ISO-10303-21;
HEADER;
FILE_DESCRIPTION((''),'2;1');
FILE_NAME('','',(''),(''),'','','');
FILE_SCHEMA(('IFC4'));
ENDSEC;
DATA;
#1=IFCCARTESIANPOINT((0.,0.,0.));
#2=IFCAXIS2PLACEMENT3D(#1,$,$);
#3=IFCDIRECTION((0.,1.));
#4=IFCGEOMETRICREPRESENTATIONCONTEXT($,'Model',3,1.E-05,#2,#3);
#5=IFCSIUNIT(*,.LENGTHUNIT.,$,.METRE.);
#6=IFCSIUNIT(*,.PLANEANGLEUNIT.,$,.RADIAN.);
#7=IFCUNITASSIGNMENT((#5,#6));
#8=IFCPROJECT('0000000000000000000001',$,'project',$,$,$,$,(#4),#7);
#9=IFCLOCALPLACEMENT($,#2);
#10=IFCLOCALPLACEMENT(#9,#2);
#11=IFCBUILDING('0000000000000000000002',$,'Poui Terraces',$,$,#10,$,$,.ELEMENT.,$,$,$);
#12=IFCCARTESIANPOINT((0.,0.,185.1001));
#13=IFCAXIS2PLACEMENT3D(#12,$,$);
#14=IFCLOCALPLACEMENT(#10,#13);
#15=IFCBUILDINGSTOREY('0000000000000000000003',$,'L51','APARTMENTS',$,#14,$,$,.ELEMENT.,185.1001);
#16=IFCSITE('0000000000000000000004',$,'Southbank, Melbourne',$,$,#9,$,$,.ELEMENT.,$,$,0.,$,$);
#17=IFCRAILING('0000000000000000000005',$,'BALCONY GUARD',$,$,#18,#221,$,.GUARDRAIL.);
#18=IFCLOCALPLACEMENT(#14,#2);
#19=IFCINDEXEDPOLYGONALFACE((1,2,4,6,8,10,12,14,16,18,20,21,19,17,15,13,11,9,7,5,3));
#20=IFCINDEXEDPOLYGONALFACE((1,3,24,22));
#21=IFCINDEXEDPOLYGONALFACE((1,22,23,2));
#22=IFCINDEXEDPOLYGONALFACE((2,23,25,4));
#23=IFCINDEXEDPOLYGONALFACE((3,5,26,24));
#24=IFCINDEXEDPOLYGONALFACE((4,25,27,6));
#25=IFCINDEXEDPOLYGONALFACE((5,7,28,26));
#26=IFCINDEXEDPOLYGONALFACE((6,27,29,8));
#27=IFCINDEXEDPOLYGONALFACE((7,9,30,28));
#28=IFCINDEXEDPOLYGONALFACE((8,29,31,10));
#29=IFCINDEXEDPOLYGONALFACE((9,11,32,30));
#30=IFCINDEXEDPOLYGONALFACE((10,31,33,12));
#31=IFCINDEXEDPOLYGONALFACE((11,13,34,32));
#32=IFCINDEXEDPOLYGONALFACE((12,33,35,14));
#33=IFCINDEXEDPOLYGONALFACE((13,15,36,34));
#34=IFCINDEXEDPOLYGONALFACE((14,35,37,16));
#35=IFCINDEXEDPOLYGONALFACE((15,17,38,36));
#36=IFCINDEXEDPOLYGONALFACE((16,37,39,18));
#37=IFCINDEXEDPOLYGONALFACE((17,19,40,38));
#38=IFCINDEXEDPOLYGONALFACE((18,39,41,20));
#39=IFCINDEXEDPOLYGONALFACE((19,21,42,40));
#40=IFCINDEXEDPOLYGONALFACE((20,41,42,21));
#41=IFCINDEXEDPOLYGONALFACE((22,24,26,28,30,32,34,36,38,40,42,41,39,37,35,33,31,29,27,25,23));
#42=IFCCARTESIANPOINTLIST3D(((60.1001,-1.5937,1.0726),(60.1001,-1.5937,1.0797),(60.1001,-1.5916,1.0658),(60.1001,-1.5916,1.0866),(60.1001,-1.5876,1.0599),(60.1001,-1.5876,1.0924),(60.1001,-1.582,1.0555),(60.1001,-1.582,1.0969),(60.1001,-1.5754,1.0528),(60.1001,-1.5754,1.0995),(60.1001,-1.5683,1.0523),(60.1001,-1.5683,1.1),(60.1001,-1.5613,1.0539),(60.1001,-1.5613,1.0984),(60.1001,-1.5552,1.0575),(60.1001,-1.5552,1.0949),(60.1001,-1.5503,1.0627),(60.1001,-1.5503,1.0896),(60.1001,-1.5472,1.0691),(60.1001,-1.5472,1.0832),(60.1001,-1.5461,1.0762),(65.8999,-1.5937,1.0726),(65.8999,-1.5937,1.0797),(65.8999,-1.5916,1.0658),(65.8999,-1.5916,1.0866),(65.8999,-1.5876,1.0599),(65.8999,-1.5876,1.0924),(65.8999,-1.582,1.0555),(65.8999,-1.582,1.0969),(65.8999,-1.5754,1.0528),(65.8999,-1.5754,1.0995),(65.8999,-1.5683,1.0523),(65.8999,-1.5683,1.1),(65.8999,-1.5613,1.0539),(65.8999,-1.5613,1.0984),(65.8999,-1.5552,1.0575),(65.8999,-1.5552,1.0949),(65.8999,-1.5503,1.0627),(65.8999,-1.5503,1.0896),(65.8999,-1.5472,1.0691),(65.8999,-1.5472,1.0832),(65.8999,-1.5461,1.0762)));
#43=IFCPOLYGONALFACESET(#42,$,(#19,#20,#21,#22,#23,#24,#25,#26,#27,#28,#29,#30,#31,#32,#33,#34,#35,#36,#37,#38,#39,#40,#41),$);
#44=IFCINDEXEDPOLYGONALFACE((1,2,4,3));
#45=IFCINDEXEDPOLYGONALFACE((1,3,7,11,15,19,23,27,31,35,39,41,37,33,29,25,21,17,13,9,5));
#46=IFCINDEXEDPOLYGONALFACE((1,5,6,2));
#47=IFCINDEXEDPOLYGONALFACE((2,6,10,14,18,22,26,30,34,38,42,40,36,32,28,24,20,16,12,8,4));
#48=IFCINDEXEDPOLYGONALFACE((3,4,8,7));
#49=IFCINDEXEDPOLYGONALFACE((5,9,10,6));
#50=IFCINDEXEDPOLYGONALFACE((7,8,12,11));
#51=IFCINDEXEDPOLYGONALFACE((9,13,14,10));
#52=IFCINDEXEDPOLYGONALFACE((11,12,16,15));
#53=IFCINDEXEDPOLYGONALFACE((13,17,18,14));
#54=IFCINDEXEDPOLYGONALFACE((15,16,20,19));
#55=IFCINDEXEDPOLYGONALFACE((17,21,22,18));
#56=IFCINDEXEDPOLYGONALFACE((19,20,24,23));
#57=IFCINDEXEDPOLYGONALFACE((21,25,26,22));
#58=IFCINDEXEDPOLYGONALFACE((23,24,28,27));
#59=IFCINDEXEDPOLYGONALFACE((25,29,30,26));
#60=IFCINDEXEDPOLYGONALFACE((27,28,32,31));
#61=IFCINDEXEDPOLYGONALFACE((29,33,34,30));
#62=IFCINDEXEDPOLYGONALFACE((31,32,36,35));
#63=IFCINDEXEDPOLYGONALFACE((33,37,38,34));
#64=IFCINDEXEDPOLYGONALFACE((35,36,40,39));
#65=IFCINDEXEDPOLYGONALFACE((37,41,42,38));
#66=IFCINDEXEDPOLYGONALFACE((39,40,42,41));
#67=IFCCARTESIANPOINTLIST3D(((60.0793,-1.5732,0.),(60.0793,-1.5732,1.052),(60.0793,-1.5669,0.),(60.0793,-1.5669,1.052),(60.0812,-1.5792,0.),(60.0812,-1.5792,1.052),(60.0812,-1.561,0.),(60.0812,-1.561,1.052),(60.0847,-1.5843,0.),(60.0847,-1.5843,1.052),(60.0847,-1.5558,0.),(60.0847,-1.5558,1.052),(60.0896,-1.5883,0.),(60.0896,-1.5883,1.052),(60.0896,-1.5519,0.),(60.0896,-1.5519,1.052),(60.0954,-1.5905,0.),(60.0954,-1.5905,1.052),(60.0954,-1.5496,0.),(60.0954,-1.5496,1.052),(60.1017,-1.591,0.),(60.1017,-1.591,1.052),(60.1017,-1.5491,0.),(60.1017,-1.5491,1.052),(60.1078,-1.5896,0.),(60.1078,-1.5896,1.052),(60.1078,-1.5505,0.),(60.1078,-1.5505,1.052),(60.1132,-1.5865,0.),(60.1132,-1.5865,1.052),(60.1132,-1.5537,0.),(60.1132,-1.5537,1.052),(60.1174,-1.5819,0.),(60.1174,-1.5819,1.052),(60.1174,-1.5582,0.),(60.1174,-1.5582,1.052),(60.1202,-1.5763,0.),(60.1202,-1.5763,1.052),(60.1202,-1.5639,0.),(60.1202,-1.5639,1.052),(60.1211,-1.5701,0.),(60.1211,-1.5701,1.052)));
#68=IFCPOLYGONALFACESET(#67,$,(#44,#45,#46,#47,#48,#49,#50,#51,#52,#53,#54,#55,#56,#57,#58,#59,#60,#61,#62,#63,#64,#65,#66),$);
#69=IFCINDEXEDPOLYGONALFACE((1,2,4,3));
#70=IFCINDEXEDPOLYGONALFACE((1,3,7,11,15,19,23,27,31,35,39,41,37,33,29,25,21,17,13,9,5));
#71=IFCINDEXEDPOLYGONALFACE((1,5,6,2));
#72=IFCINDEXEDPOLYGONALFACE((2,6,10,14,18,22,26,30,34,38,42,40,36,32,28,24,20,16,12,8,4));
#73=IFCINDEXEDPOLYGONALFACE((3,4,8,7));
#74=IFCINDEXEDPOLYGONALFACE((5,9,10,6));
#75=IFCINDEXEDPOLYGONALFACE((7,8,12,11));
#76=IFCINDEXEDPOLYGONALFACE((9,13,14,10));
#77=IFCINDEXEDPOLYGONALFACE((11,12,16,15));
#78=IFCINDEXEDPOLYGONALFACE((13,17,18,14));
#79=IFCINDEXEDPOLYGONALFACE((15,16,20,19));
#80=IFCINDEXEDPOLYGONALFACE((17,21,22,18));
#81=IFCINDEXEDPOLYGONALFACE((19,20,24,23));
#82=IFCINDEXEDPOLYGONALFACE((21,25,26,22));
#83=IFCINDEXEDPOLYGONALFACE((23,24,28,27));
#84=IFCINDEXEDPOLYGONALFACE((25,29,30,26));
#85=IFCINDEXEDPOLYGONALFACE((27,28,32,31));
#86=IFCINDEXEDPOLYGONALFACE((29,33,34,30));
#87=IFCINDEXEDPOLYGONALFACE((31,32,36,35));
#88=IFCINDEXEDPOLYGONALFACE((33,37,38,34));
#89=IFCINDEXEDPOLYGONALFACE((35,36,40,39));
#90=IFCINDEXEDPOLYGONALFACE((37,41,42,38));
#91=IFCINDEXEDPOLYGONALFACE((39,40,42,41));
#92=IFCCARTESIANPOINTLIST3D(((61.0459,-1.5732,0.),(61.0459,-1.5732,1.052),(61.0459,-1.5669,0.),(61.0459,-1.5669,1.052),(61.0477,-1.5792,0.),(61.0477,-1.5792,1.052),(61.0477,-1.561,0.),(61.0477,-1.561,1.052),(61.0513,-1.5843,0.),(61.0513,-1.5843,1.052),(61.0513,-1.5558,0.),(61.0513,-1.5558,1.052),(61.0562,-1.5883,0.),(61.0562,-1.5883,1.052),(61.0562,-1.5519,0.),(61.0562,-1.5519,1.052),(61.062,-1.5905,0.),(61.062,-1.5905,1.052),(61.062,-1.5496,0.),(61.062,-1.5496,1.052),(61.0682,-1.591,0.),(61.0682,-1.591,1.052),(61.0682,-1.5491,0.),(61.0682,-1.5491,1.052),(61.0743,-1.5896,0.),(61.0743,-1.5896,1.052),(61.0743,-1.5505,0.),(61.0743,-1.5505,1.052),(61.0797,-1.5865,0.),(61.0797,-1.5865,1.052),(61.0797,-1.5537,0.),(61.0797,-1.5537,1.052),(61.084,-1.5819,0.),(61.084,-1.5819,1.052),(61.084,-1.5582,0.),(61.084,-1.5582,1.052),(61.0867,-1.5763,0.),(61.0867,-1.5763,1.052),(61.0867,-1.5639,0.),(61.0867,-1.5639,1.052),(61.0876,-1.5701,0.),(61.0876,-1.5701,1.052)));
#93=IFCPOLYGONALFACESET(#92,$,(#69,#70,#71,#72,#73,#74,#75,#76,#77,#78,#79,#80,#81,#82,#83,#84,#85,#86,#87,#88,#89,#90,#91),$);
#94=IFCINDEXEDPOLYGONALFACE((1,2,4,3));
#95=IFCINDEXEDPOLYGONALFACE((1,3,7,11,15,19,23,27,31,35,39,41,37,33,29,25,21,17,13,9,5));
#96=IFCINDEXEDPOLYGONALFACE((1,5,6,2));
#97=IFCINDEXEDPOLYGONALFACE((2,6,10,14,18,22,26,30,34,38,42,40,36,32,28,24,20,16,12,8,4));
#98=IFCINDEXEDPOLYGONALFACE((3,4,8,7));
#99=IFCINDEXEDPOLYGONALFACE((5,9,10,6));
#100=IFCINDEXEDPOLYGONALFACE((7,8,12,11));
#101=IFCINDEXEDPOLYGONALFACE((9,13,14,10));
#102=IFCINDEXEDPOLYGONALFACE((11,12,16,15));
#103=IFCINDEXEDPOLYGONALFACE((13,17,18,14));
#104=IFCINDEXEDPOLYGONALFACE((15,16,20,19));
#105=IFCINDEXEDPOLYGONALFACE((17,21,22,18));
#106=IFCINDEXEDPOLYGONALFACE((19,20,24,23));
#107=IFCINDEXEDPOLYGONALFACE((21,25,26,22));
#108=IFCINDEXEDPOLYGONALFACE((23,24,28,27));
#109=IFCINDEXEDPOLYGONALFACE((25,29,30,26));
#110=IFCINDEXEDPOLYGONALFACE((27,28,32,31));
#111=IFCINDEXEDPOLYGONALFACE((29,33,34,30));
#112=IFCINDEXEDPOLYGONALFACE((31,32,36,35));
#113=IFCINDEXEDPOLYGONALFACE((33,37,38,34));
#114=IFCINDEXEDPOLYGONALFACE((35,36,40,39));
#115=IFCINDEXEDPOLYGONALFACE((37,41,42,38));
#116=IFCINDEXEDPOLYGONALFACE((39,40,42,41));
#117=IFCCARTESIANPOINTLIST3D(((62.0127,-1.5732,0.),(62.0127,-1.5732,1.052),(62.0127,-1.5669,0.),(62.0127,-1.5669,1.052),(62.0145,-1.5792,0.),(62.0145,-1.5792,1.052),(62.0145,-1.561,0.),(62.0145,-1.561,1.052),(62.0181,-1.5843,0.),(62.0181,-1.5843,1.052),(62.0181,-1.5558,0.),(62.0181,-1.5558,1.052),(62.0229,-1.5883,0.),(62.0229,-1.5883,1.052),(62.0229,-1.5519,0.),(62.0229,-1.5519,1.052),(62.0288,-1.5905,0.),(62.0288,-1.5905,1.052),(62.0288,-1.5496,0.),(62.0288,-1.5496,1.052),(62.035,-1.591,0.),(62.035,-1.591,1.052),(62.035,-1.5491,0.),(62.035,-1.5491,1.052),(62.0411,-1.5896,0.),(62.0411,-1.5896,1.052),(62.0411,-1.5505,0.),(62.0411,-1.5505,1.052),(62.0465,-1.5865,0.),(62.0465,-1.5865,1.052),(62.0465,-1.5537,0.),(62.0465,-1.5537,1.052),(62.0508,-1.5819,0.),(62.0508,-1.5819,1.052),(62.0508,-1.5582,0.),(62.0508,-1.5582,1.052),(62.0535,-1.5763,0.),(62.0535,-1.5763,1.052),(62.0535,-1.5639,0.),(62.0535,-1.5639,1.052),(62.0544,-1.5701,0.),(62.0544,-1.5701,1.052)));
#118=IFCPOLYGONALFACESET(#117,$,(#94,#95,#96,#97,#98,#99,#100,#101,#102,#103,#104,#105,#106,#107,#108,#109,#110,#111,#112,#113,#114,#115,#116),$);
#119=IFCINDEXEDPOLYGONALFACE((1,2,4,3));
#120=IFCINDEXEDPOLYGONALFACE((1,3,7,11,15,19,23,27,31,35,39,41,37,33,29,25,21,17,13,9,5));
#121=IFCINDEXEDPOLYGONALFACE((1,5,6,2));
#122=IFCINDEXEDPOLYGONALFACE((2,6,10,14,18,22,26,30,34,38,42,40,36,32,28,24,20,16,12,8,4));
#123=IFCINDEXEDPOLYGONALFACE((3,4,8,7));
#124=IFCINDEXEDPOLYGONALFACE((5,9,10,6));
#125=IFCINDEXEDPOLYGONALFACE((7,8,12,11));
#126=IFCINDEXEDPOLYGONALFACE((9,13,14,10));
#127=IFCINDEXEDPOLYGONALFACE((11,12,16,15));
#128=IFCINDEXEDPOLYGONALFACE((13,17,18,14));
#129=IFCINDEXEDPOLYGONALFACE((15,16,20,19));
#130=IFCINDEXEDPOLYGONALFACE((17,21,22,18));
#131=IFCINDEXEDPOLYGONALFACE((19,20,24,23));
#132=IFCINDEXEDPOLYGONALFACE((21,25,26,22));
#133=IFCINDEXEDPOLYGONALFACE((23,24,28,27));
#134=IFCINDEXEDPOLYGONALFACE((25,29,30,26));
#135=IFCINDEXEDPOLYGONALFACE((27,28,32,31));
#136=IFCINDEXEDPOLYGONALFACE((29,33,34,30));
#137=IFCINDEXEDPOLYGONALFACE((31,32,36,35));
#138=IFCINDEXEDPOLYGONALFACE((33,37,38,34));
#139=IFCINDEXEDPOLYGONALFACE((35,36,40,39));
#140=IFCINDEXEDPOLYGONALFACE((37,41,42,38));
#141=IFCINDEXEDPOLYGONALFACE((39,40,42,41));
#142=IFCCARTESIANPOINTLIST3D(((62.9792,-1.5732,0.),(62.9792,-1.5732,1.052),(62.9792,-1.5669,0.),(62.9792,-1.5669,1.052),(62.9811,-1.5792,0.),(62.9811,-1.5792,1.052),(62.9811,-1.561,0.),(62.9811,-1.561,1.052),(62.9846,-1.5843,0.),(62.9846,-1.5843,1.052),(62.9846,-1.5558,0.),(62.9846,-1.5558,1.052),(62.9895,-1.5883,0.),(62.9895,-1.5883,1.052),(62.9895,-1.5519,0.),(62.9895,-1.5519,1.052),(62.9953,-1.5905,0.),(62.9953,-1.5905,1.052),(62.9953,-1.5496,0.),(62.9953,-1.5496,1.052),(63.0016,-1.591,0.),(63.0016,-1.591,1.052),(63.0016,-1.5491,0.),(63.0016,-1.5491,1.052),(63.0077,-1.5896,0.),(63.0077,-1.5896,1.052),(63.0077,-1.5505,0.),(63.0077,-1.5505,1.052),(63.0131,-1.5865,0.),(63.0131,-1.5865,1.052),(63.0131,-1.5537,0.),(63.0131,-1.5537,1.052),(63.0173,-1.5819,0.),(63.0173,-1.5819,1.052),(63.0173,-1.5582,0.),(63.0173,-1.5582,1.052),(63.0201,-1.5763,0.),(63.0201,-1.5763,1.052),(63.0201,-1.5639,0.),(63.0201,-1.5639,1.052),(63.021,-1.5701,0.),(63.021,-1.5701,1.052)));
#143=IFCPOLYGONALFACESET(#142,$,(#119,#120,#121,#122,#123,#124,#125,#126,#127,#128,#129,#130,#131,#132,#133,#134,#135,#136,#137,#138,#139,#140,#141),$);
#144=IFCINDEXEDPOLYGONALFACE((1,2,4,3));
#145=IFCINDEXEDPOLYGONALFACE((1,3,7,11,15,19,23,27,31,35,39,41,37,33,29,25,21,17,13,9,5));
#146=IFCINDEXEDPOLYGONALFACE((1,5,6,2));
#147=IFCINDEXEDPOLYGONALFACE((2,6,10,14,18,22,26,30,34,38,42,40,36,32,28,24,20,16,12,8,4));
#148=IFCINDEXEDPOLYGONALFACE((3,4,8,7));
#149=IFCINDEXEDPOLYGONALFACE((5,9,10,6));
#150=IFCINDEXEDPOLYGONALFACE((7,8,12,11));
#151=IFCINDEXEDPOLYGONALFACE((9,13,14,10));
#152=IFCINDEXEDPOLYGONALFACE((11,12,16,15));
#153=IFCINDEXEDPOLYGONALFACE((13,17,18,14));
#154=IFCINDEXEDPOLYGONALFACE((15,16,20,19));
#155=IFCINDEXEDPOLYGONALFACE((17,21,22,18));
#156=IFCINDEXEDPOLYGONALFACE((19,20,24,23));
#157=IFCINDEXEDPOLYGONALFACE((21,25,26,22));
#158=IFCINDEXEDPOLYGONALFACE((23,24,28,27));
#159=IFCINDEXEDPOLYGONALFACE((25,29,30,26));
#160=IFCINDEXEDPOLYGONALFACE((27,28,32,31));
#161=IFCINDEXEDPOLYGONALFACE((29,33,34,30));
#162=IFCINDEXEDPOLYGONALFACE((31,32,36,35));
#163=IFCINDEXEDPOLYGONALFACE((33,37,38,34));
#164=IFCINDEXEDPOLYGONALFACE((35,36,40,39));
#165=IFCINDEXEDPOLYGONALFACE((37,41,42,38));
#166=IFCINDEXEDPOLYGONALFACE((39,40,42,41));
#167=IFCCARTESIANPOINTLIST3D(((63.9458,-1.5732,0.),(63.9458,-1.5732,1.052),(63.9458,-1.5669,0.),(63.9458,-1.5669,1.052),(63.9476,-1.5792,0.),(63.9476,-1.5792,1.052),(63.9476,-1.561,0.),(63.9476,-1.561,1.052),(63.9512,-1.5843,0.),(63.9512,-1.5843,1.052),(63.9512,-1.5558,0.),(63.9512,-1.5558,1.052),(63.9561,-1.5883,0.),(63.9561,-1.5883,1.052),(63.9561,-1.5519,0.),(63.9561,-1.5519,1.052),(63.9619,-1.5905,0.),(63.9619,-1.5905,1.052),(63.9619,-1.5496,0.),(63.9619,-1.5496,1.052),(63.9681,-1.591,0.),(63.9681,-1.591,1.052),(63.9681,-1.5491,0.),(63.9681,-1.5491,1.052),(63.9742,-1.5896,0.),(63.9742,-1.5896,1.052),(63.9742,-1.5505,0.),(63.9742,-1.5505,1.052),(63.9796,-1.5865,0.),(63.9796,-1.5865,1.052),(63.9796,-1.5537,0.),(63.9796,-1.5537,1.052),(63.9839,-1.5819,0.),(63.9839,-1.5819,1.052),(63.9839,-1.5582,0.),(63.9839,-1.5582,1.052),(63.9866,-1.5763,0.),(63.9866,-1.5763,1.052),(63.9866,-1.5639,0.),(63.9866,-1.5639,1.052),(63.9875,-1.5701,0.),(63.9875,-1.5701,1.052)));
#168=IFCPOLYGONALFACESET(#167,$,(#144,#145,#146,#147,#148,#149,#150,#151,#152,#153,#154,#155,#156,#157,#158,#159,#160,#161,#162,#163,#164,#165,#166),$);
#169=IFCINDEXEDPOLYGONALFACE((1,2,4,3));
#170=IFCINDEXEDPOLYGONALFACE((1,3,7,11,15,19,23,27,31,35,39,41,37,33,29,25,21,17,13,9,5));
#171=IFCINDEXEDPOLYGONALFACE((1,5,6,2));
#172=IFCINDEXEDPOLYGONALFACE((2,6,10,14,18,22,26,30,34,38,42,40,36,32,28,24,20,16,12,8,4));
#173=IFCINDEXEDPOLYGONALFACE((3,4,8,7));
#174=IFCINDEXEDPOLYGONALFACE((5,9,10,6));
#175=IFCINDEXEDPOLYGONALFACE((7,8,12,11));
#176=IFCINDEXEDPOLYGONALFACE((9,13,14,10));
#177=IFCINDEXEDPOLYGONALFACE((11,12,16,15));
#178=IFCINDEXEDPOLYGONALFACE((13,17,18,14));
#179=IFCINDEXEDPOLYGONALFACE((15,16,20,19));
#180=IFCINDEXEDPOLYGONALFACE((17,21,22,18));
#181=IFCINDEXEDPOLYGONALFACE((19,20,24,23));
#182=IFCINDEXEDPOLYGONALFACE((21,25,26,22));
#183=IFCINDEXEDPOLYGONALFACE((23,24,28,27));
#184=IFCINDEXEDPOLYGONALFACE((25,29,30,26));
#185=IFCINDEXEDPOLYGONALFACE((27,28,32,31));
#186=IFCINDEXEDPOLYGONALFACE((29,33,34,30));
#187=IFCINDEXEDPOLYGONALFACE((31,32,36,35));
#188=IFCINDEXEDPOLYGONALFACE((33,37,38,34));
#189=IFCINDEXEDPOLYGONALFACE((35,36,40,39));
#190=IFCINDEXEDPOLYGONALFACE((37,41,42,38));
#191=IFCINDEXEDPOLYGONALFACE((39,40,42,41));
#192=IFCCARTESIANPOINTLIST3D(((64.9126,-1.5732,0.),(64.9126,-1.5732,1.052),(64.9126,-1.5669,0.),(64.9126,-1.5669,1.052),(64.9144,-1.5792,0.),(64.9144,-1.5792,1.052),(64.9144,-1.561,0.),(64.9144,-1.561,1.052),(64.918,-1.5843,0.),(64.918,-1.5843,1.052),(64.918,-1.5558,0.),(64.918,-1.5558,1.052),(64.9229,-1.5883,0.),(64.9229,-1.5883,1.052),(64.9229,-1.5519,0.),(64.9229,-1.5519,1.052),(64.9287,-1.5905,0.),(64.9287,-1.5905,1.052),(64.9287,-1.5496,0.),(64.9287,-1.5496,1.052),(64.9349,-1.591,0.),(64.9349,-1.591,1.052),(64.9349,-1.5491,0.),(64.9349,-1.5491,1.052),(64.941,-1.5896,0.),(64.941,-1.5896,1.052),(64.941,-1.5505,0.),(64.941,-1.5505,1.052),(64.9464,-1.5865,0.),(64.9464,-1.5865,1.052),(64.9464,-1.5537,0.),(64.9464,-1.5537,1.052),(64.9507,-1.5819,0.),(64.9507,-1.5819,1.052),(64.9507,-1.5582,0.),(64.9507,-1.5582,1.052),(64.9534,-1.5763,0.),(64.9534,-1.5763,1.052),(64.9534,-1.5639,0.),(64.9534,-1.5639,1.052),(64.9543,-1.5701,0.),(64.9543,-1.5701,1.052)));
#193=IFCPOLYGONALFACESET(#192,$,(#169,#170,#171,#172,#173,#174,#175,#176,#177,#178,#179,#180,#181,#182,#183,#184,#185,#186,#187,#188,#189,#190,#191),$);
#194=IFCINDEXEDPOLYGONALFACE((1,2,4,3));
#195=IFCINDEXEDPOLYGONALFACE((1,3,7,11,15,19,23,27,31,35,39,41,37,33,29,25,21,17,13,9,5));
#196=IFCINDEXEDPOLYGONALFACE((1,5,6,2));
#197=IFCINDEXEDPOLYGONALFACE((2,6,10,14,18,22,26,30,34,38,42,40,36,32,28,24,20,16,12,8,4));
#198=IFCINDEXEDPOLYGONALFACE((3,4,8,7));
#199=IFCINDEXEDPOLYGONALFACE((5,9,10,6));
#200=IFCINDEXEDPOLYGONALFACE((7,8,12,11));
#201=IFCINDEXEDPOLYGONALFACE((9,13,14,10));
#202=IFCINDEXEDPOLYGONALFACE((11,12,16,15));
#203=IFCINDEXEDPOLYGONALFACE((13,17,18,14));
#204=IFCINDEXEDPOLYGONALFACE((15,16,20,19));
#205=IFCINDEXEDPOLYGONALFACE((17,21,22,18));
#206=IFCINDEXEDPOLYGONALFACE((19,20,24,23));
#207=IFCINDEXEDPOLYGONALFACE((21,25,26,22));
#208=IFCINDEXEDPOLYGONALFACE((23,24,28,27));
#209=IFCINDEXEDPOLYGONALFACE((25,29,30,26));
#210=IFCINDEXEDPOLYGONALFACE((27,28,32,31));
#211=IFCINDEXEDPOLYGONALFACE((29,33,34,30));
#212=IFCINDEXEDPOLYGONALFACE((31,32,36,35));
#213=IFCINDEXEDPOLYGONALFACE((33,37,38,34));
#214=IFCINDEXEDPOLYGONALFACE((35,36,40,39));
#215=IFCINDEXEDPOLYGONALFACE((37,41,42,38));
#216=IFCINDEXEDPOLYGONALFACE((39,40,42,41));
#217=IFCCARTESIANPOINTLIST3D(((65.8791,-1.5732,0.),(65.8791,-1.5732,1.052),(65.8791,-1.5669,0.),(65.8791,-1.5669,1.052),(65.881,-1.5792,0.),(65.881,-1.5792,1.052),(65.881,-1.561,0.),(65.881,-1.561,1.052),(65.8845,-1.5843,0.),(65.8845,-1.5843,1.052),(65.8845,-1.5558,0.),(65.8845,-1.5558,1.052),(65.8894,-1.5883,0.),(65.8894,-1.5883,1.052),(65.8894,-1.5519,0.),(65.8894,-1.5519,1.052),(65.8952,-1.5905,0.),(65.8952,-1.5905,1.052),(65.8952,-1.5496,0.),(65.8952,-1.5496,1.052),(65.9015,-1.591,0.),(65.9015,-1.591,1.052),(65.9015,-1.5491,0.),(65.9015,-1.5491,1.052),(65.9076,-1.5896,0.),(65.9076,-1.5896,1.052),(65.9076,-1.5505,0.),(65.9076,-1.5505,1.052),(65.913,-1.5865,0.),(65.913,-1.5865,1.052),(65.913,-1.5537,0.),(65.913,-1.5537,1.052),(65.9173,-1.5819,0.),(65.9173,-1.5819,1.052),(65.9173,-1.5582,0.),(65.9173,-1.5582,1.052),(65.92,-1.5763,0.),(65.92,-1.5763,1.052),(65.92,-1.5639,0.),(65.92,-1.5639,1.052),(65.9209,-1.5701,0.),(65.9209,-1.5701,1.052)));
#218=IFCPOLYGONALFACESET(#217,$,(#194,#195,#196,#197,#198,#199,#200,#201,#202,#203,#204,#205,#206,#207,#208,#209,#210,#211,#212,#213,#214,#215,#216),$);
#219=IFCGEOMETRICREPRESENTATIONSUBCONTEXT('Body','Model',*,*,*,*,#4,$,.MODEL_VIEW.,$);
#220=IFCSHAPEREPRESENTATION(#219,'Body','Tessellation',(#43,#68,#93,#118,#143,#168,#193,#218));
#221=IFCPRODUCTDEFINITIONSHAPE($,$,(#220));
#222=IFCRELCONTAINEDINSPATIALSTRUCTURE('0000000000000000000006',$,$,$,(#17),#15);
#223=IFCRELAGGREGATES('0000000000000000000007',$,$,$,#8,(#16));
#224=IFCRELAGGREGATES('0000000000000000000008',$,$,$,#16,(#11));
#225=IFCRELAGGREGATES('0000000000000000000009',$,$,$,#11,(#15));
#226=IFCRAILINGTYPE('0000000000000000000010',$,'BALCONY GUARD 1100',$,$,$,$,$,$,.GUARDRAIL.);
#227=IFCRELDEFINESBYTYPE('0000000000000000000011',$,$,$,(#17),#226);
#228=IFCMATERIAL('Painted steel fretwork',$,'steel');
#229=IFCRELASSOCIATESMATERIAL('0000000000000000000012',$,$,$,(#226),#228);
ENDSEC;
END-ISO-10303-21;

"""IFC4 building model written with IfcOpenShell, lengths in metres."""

from ifc_helpers import new_model, si_unit, direction, frame, origin, origin_2d, place, context, subcontext, project, spatial, circle, extrude, material, type_object, element, save


model = new_model("IFC4")

# Units and contexts
model_context = context("Model", 3, precision=1e-05, world=origin(), true_north=direction((0.0, 1.0)))
body_context = subcontext(model_context, "Body", "Model", "MODEL_VIEW")
ifc_project = project(units=[si_unit("LENGTHUNIT", "METRE"), si_unit("PLANEANGLEUNIT", "RADIAN")], contexts=[model_context])

# Site, building, storey
site_placement = place(None, origin())
site = spatial("IfcSite", under=ifc_project, at=site_placement, Name="Southbank, Melbourne", CompositionType="ELEMENT", RefElevation=0.0)
building_placement = place(site_placement, origin())
building = spatial("IfcBuilding", under=site, at=building_placement, Name="Poui Terraces", CompositionType="ELEMENT")
storey_placement = place(building_placement, frame((0.0, 0.0, 185.1001)))
storey = spatial("IfcBuildingStorey", under=building, at=storey_placement, Name="L51", Description="APARTMENTS", CompositionType="ELEMENT", Elevation=185.1001)

# Railing
ifc_material_1 = material(Name="Painted steel fretwork", Category="steel")
railing_type = type_object("IfcRailingType", Name="BALCONY GUARD 1100", PredefinedType="GUARDRAIL", material=ifc_material_1)
railing_placement = place(storey_placement, frame((60.1001, -1.5701, 0.0)))
element("IfcRailing", 1, at=railing_placement, inside=storey, type_object=railing_type, Name="BALCONY GUARD", PredefinedType="GUARDRAIL", context=body_context, shape_type="SweptSolid", body=[
    extrude(circle(Radius=0.0239, at=origin_2d()), frame((0.0, 0.0, 1.0762), z_axis=(1.0, 0.0, 0.0), x_axis=(0.0, 1.0, 0.0)), (0.0, 0.0, 1.0), 5.7998),
    extrude(circle(Radius=0.021, at=origin_2d()), origin(), (0.0, 0.0, 1.0), 1.052),
    extrude(circle(Radius=0.021, at=origin_2d()), frame((0.9666, 0.0, 0.0)), (0.0, 0.0, 1.0), 1.052),
    extrude(circle(Radius=0.021, at=origin_2d()), frame((1.9333, 0.0, 0.0)), (0.0, 0.0, 1.0), 1.052),
    extrude(circle(Radius=0.021, at=origin_2d()), frame((2.8999, 0.0, 0.0)), (0.0, 0.0, 1.0), 1.052),
    extrude(circle(Radius=0.021, at=origin_2d()), frame((3.8665, 0.0, 0.0)), (0.0, 0.0, 1.0), 1.052),
    extrude(circle(Radius=0.021, at=origin_2d()), frame((4.8333, 0.0, 0.0)), (0.0, 0.0, 1.0), 1.052),
    extrude(circle(Radius=0.021, at=origin_2d()), frame((5.7998, 0.0, 0.0)), (0.0, 0.0, 1.0), 1.052),
])

save(model, "model.ifc")
